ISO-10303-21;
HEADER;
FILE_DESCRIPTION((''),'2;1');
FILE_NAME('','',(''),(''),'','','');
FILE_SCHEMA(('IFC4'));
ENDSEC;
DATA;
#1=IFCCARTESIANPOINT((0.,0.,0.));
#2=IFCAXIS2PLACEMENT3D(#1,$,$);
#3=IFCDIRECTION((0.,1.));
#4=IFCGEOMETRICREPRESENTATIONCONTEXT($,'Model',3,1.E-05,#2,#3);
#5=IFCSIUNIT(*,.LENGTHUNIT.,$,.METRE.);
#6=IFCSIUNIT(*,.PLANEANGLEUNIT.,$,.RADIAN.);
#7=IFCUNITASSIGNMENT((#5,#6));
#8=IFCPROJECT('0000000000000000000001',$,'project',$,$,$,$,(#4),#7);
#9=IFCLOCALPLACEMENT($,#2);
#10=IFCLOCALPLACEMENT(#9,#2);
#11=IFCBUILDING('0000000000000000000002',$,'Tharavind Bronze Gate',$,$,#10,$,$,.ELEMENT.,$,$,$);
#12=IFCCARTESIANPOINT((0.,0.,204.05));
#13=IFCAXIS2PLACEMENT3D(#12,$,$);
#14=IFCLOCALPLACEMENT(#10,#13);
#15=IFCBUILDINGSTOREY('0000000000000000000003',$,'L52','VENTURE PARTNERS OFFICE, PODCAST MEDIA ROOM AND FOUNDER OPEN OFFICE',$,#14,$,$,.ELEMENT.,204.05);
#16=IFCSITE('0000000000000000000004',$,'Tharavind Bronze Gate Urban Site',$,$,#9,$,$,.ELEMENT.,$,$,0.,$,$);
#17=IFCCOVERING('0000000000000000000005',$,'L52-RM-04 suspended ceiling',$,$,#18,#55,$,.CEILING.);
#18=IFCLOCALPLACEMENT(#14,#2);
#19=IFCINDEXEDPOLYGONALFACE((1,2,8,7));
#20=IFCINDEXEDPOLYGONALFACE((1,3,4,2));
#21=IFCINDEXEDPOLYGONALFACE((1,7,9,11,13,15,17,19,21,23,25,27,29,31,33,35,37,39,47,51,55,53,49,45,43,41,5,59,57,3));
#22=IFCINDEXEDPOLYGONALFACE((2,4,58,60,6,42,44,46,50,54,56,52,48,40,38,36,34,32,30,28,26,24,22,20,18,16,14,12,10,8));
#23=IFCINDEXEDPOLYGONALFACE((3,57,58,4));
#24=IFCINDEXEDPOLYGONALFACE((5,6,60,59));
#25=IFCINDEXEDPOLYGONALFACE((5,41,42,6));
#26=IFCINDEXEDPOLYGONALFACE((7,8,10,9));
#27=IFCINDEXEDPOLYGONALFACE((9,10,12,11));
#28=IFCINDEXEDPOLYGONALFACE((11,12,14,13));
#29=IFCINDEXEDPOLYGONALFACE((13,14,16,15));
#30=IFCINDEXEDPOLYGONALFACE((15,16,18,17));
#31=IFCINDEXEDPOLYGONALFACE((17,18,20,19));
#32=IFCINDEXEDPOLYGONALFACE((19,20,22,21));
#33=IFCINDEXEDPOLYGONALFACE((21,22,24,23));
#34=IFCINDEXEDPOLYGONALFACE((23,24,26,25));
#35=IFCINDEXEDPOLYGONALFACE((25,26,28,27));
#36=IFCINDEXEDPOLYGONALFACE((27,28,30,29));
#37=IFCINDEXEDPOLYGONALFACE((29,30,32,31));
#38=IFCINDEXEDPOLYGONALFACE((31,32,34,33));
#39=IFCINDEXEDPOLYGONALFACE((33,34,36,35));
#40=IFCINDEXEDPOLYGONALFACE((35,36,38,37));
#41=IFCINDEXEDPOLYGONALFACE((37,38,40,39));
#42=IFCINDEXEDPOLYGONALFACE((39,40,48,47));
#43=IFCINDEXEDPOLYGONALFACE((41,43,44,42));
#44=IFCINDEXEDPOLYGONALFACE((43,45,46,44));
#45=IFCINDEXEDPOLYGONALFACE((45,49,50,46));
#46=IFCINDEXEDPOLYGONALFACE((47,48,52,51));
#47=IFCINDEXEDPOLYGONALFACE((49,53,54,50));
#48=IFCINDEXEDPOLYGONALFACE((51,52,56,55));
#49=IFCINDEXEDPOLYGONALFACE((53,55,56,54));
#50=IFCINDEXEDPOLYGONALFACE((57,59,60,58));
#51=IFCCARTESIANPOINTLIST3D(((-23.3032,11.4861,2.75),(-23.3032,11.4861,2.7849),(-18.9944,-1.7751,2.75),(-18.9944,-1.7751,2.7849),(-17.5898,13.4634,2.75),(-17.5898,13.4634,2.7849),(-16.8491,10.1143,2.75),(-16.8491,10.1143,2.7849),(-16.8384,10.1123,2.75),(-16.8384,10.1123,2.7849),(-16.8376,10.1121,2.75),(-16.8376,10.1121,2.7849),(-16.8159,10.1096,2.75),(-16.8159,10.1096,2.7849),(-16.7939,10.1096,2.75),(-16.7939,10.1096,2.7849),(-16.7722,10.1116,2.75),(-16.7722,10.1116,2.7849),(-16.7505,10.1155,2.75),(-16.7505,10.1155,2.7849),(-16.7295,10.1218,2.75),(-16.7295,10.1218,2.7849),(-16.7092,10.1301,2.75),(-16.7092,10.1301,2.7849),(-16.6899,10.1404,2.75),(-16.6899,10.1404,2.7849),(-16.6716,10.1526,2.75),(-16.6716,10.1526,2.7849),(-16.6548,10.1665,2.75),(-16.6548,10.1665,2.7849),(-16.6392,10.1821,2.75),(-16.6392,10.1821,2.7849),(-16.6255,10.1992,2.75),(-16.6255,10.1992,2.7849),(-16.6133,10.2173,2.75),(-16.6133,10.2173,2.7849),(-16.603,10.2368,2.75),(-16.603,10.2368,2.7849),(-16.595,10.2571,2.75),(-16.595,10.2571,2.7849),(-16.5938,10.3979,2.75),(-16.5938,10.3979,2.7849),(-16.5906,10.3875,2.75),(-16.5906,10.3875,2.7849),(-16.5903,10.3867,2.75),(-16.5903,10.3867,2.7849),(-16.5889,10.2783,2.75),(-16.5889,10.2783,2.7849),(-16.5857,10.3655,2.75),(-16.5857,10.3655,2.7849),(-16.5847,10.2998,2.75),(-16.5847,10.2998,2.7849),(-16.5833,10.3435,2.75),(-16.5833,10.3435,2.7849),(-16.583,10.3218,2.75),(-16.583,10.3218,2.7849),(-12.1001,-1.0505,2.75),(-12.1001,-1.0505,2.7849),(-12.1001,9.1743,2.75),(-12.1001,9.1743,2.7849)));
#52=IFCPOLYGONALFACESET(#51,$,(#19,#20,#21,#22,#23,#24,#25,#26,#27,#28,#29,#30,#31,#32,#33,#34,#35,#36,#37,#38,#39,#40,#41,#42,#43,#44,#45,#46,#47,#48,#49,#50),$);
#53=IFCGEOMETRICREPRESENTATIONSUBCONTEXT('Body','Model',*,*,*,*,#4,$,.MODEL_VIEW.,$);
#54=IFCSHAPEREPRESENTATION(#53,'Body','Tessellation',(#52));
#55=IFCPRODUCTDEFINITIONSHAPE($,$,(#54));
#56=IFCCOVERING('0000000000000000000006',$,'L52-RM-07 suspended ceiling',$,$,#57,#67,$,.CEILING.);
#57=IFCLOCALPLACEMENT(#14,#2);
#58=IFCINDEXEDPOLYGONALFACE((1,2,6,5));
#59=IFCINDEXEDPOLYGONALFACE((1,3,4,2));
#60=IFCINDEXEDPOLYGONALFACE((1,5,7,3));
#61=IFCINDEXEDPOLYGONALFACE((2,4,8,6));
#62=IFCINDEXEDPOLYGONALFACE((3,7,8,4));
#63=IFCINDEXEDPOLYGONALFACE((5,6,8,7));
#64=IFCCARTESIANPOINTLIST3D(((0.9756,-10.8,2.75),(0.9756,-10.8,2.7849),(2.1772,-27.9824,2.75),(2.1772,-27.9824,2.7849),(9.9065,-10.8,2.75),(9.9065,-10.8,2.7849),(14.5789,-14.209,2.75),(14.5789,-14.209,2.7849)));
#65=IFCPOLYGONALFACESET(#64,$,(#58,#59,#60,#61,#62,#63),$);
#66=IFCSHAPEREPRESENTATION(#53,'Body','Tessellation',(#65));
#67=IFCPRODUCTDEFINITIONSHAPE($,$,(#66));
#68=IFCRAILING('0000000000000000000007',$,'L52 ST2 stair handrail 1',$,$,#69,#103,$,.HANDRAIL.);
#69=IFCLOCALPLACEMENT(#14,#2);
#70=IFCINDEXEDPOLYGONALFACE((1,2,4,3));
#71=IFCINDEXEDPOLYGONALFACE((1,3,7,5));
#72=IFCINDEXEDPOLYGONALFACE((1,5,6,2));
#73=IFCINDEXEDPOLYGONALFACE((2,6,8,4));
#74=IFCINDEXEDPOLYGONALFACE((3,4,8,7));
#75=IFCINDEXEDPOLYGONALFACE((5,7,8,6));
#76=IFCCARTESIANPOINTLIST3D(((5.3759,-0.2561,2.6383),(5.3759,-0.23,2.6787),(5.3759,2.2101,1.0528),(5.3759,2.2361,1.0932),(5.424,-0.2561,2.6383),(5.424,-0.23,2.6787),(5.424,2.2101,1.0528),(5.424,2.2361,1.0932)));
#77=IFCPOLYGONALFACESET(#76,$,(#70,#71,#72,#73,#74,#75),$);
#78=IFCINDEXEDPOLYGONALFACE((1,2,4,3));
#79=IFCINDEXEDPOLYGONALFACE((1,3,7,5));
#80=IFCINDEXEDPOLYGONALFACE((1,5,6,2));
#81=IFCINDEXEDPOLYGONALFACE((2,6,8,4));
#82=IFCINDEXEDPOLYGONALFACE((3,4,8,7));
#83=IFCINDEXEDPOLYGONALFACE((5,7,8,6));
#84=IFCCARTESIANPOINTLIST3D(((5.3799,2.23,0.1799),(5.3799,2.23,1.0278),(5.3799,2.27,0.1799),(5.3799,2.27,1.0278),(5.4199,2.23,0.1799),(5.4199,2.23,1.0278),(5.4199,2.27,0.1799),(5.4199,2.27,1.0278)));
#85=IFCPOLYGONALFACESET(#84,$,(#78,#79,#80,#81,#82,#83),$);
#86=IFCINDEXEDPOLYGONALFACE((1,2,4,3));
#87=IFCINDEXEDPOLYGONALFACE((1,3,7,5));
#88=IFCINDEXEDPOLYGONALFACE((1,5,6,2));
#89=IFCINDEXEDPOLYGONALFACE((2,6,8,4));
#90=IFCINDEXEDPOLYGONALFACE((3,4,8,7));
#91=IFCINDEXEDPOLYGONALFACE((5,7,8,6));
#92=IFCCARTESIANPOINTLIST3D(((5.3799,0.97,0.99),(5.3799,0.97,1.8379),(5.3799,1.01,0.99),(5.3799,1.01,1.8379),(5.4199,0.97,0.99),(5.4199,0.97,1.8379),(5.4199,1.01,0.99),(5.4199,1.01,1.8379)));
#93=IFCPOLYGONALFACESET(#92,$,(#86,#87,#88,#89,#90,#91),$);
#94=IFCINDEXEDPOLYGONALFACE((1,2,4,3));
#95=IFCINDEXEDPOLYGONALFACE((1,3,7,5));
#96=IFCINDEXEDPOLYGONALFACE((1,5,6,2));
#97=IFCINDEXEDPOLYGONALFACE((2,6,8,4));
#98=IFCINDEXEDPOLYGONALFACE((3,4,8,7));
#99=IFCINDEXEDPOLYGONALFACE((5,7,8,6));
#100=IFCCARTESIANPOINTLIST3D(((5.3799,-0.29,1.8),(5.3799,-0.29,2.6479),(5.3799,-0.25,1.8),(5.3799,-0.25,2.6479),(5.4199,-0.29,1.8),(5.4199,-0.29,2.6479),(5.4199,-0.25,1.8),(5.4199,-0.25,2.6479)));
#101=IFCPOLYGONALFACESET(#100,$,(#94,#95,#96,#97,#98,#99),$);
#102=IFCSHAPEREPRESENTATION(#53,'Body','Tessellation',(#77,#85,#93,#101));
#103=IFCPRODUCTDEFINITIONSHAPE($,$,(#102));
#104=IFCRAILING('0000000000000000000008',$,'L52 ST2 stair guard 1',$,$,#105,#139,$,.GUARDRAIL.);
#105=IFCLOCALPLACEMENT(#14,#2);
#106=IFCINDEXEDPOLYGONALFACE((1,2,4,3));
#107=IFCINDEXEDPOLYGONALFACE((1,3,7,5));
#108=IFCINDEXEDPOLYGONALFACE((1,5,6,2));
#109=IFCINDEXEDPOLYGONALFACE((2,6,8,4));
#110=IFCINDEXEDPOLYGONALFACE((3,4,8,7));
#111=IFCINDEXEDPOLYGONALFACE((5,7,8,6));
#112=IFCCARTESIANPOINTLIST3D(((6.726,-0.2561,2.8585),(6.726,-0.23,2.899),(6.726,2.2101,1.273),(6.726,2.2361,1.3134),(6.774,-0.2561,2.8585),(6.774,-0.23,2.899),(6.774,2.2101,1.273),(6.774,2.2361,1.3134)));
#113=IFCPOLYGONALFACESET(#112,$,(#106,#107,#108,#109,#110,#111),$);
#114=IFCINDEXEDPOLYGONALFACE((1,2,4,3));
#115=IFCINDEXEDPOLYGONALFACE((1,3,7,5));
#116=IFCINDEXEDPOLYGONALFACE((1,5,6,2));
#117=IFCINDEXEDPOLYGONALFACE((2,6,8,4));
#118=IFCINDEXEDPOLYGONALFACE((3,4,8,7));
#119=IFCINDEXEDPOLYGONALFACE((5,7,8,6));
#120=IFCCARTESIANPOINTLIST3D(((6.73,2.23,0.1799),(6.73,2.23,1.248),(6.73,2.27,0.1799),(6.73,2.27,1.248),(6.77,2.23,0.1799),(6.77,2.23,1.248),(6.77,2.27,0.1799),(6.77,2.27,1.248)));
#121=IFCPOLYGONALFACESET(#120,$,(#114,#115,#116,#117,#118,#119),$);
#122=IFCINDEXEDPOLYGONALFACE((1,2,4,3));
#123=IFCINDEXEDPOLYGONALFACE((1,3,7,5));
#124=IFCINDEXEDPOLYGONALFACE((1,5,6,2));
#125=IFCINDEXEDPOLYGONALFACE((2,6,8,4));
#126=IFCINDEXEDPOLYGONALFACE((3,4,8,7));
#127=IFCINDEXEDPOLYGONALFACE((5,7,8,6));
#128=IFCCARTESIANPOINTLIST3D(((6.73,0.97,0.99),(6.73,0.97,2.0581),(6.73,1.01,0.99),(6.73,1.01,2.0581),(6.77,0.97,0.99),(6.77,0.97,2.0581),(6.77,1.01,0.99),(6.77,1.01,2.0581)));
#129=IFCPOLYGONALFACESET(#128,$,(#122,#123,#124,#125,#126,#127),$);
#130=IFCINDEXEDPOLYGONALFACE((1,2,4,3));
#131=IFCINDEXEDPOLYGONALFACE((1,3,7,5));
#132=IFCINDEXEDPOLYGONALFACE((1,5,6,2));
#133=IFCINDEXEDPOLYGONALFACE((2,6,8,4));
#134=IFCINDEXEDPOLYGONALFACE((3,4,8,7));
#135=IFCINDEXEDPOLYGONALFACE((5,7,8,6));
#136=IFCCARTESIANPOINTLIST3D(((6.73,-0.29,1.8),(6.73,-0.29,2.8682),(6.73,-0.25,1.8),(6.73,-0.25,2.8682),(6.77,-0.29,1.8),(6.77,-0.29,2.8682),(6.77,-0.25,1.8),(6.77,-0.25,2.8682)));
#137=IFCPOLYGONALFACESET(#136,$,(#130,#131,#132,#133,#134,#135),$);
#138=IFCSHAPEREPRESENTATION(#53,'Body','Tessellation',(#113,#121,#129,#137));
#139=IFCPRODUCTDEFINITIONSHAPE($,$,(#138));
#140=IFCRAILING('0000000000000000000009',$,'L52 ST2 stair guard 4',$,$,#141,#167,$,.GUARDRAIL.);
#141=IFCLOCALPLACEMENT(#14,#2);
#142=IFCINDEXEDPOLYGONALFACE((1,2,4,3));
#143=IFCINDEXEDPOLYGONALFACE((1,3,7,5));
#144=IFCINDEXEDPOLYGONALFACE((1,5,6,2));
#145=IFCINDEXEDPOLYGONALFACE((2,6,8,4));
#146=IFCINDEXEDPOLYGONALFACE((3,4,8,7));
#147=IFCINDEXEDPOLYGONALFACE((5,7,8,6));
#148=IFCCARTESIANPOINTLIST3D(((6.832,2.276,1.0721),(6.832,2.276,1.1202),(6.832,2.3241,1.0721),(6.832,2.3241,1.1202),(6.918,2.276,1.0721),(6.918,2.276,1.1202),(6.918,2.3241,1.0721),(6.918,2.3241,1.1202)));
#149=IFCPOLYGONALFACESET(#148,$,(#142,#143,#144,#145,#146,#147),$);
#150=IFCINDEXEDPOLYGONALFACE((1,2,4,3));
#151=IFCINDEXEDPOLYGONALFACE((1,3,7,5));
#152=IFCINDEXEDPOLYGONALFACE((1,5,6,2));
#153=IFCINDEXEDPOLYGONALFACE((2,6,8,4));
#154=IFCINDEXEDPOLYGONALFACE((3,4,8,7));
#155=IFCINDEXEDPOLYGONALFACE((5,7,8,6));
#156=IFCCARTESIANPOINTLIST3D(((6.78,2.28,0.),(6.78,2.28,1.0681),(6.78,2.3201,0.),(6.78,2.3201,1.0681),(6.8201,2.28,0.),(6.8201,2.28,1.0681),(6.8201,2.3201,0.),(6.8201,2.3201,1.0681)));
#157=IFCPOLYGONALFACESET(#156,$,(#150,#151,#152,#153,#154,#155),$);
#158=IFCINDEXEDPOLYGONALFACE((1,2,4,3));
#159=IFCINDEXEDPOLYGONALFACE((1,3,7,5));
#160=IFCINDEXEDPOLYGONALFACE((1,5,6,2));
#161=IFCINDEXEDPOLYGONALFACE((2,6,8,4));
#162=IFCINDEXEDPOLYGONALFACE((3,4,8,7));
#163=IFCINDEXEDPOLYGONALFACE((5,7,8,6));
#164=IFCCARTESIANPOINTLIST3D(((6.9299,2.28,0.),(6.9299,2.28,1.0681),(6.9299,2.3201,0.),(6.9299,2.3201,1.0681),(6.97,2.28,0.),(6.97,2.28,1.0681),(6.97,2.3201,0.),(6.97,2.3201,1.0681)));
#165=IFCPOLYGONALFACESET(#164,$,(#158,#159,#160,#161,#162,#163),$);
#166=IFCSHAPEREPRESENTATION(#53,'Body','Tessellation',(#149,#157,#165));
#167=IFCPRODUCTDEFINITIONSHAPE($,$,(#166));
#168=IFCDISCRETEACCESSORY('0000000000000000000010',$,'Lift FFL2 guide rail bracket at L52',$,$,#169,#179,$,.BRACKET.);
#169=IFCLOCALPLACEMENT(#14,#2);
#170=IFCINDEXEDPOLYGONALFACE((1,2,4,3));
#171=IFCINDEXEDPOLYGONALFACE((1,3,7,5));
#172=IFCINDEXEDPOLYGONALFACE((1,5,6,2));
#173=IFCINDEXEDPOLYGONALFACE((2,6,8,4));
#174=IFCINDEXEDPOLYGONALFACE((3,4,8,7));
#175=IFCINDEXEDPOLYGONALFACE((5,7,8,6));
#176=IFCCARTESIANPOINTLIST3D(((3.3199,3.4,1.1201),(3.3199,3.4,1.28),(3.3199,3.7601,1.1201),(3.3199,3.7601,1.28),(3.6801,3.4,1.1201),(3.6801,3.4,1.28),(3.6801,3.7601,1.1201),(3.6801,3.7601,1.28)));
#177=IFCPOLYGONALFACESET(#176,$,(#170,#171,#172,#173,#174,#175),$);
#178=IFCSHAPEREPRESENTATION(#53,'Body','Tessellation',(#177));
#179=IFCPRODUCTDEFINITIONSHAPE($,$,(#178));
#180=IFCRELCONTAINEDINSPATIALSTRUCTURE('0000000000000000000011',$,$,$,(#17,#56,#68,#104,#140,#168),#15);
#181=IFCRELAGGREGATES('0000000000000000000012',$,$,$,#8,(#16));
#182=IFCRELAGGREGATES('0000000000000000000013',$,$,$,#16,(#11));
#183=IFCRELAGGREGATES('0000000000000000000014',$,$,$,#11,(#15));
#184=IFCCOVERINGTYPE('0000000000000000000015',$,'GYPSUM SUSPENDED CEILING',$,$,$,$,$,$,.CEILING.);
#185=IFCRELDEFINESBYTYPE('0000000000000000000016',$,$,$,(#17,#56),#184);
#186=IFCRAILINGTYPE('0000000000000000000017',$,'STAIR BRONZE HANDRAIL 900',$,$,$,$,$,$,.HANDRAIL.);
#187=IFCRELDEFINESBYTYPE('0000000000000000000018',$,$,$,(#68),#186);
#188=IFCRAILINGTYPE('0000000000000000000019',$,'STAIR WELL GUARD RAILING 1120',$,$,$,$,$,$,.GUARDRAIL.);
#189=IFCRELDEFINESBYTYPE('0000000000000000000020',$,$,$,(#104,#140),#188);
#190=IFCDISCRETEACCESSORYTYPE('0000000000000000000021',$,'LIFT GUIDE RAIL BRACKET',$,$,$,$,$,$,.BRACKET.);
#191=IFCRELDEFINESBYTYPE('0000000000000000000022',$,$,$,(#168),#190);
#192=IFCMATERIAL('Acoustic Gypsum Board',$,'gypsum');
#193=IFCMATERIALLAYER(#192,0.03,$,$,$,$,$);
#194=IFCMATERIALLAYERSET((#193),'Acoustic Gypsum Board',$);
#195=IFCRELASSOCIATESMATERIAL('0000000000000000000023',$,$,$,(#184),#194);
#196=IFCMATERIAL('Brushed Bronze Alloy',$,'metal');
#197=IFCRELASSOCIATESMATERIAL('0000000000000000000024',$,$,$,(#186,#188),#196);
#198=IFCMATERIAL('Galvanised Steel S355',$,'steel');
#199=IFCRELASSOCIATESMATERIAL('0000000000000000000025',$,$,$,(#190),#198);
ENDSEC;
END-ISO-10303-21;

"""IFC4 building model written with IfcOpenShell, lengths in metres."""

from ifc_helpers import new_model, si_unit, direction, frame, origin, origin_2d, place, context, subcontext, project, spatial, polyline, rectangle, outline, extrude, material, layer, layer_set, type_object, element, save


model = new_model("IFC4")

# Units and contexts
model_context = context("Model", 3, precision=1e-05, world=origin(), true_north=direction((0.0, 1.0)))
body_context = subcontext(model_context, "Body", "Model", "MODEL_VIEW")
ifc_project = project(units=[si_unit("LENGTHUNIT", "METRE"), si_unit("PLANEANGLEUNIT", "RADIAN")], contexts=[model_context])

# Site, building, storey
site_placement = place(None, origin())
site = spatial("IfcSite", under=ifc_project, at=site_placement, Name="Tharavind Bronze Gate Urban Site", CompositionType="ELEMENT", RefElevation=0.0)
building_placement = place(site_placement, origin())
building = spatial("IfcBuilding", under=site, at=building_placement, Name="Tharavind Bronze Gate", CompositionType="ELEMENT")
storey_placement = place(building_placement, frame((0.0, 0.0, 204.05)))
storey = spatial("IfcBuildingStorey", under=building, at=storey_placement, Name="L52", Description="VENTURE PARTNERS OFFICE, PODCAST MEDIA ROOM AND FOUNDER OPEN OFFICE", CompositionType="ELEMENT", Elevation=204.05)

# Coverings
ifc_material_1 = material(Name="Acoustic Gypsum Board", Category="gypsum")
ifc_layer_1 = layer(ifc_material_1, 0.03)
ifc_layer_set_1 = layer_set([ifc_layer_1], Name="Acoustic Gypsum Board")
covering_type_1 = type_object("IfcCoveringType", Name="GYPSUM SUSPENDED CEILING", PredefinedType="CEILING", material=ifc_layer_set_1)
covering_1_placement = place(storey_placement, frame((0.0, 0.0, 2.75)))
element("IfcCovering", 1, at=covering_1_placement, inside=storey, type_object=covering_type_1, Name="L52-RM-04 suspended ceiling", PredefinedType="CEILING", context=body_context, shape_type="SweptSolid", body=[
    extrude(outline(polyline([(-18.9944, -1.7751), (-12.1001, -1.0505), (-12.1001, 9.1743), (-17.5898, 13.4634), (-16.5938, 10.3979), (-16.5906, 10.3875), (-16.5903, 10.3867), (-16.5857, 10.3655), (-16.5833, 10.3435), (-16.583, 10.3218), (-16.5847, 10.2998), (-16.5889, 10.2783), (-16.595, 10.2571), (-16.603, 10.2368), (-16.6133, 10.2173), (-16.6255, 10.1992), (-16.6392, 10.1821), (-16.6548, 10.1665), (-16.6716, 10.1526), (-16.6899, 10.1404), (-16.7092, 10.1301), (-16.7295, 10.1218), (-16.7505, 10.1155), (-16.7722, 10.1116), (-16.7939, 10.1096), (-16.8159, 10.1096), (-16.8376, 10.1121), (-16.8384, 10.1123), (-16.8491, 10.1143), (-23.3032, 11.4861), (-18.9944, -1.7751)])), origin(), (0.0, 0.0, 1.0), 0.0349),
])
covering_2_placement = place(storey_placement, frame((0.0, 0.0, 2.75)))
element("IfcCovering", 2, at=covering_2_placement, inside=storey, type_object=covering_type_1, Name="L52-RM-07 suspended ceiling", PredefinedType="CEILING", context=body_context, shape_type="SweptSolid", body=[
    extrude(outline(polyline([(2.1772, -27.9824), (14.5789, -14.209), (9.9065, -10.8), (0.9756, -10.8), (2.1772, -27.9824)])), origin(), (0.0, 0.0, 1.0), 0.0349),
])

# Railings
ifc_material_2 = material(Name="Brushed Bronze Alloy", Category="metal")
railing_type_1 = type_object("IfcRailingType", Name="STAIR BRONZE HANDRAIL 900", PredefinedType="HANDRAIL", material=ifc_material_2)
railing_1_placement = place(storey_placement, frame((5.3999, 2.25, 0.1799)))
element("IfcRailing", 3, at=railing_1_placement, inside=storey, type_object=railing_type_1, Name="L52 ST2 stair handrail 1", PredefinedType="HANDRAIL", context=body_context, shape_type="SweptSolid", body=[
    extrude(rectangle(XDim=0.0481, YDim=0.0481, at=origin_2d()), frame((0.0, -0.0269, 0.8931), z_axis=(0.0, -0.841163, 0.540782), x_axis=(1.0, 0.0, 0.0)), (0.0, 0.0, 1.0), 2.9319),
    extrude(rectangle(XDim=0.04, YDim=0.04, at=origin_2d()), origin(), (0.0, 0.0, 1.0), 0.8479),
    extrude(rectangle(XDim=0.04, YDim=0.04, at=origin_2d()), frame((0.0, -1.26, 0.8101)), (0.0, 0.0, 1.0), 0.8479),
    extrude(rectangle(XDim=0.04, YDim=0.04, at=origin_2d()), frame((0.0, -2.52, 1.6201)), (0.0, 0.0, 1.0), 0.8479),
])
railing_type_2 = type_object("IfcRailingType", Name="STAIR WELL GUARD RAILING 1120", PredefinedType="GUARDRAIL", material=ifc_material_2)
railing_2_placement = place(storey_placement, frame((6.75, 2.25, 0.1799)))
element("IfcRailing", 4, at=railing_2_placement, inside=storey, type_object=railing_type_2, Name="L52 ST2 stair guard 1", PredefinedType="GUARDRAIL", context=body_context, shape_type="SweptSolid", body=[
    extrude(rectangle(XDim=0.0481, YDim=0.0481, at=origin_2d()), frame((0.0, -0.0269, 1.1133), z_axis=(0.0, -0.841163, 0.540782), x_axis=(1.0, 0.0, 0.0)), (0.0, 0.0, 1.0), 2.9319),
    extrude(rectangle(XDim=0.04, YDim=0.04, at=origin_2d()), origin(), (0.0, 0.0, 1.0), 1.0681),
    extrude(rectangle(XDim=0.04, YDim=0.04, at=origin_2d()), frame((0.0, -1.26, 0.8101)), (0.0, 0.0, 1.0), 1.0681),
    extrude(rectangle(XDim=0.04, YDim=0.04, at=origin_2d()), frame((0.0, -2.52, 1.6201)), (0.0, 0.0, 1.0), 1.0681),
])
railing_3_placement = place(storey_placement, frame((6.8, 2.3, 0.0)))
element("IfcRailing", 5, at=railing_3_placement, inside=storey, type_object=railing_type_2, Name="L52 ST2 stair guard 4", PredefinedType="GUARDRAIL", context=body_context, shape_type="SweptSolid", body=[
    extrude(rectangle(XDim=0.0481, YDim=0.0481, at=origin_2d()), frame((0.032, 0.0, 1.0962), z_axis=(1.0, 0.0, 0.0), x_axis=(0.0, 1.0, 0.0)), (0.0, 0.0, 1.0), 0.0859),
    extrude(rectangle(XDim=0.04, YDim=0.04, at=origin_2d()), origin(), (0.0, 0.0, 1.0), 1.0681),
    extrude(rectangle(XDim=0.04, YDim=0.04, at=origin_2d()), frame((0.1499, 0.0, 0.0)), (0.0, 0.0, 1.0), 1.0681),
])

# Discrete accessory
ifc_material_3 = material(Name="Galvanised Steel S355", Category="steel")
discrete_accessory_type = type_object("IfcDiscreteAccessoryType", Name="LIFT GUIDE RAIL BRACKET", PredefinedType="BRACKET", material=ifc_material_3)
discrete_accessory_placement = place(storey_placement, frame((3.5, 3.5801, 1.1201), z_axis=(0.0, 0.0, 1.0), x_axis=(1.0, 0.0, 0.0)))
element("IfcDiscreteAccessory", 6, at=discrete_accessory_placement, inside=storey, type_object=discrete_accessory_type, Name="Lift FFL2 guide rail bracket at L52", PredefinedType="BRACKET", context=body_context, shape_type="SweptSolid", body=[
    extrude(rectangle(XDim=0.3601, YDim=0.3601, at=origin_2d()), origin(), (0.0, 0.0, 1.0), 0.1599),
])

save(model, "model.ifc")
